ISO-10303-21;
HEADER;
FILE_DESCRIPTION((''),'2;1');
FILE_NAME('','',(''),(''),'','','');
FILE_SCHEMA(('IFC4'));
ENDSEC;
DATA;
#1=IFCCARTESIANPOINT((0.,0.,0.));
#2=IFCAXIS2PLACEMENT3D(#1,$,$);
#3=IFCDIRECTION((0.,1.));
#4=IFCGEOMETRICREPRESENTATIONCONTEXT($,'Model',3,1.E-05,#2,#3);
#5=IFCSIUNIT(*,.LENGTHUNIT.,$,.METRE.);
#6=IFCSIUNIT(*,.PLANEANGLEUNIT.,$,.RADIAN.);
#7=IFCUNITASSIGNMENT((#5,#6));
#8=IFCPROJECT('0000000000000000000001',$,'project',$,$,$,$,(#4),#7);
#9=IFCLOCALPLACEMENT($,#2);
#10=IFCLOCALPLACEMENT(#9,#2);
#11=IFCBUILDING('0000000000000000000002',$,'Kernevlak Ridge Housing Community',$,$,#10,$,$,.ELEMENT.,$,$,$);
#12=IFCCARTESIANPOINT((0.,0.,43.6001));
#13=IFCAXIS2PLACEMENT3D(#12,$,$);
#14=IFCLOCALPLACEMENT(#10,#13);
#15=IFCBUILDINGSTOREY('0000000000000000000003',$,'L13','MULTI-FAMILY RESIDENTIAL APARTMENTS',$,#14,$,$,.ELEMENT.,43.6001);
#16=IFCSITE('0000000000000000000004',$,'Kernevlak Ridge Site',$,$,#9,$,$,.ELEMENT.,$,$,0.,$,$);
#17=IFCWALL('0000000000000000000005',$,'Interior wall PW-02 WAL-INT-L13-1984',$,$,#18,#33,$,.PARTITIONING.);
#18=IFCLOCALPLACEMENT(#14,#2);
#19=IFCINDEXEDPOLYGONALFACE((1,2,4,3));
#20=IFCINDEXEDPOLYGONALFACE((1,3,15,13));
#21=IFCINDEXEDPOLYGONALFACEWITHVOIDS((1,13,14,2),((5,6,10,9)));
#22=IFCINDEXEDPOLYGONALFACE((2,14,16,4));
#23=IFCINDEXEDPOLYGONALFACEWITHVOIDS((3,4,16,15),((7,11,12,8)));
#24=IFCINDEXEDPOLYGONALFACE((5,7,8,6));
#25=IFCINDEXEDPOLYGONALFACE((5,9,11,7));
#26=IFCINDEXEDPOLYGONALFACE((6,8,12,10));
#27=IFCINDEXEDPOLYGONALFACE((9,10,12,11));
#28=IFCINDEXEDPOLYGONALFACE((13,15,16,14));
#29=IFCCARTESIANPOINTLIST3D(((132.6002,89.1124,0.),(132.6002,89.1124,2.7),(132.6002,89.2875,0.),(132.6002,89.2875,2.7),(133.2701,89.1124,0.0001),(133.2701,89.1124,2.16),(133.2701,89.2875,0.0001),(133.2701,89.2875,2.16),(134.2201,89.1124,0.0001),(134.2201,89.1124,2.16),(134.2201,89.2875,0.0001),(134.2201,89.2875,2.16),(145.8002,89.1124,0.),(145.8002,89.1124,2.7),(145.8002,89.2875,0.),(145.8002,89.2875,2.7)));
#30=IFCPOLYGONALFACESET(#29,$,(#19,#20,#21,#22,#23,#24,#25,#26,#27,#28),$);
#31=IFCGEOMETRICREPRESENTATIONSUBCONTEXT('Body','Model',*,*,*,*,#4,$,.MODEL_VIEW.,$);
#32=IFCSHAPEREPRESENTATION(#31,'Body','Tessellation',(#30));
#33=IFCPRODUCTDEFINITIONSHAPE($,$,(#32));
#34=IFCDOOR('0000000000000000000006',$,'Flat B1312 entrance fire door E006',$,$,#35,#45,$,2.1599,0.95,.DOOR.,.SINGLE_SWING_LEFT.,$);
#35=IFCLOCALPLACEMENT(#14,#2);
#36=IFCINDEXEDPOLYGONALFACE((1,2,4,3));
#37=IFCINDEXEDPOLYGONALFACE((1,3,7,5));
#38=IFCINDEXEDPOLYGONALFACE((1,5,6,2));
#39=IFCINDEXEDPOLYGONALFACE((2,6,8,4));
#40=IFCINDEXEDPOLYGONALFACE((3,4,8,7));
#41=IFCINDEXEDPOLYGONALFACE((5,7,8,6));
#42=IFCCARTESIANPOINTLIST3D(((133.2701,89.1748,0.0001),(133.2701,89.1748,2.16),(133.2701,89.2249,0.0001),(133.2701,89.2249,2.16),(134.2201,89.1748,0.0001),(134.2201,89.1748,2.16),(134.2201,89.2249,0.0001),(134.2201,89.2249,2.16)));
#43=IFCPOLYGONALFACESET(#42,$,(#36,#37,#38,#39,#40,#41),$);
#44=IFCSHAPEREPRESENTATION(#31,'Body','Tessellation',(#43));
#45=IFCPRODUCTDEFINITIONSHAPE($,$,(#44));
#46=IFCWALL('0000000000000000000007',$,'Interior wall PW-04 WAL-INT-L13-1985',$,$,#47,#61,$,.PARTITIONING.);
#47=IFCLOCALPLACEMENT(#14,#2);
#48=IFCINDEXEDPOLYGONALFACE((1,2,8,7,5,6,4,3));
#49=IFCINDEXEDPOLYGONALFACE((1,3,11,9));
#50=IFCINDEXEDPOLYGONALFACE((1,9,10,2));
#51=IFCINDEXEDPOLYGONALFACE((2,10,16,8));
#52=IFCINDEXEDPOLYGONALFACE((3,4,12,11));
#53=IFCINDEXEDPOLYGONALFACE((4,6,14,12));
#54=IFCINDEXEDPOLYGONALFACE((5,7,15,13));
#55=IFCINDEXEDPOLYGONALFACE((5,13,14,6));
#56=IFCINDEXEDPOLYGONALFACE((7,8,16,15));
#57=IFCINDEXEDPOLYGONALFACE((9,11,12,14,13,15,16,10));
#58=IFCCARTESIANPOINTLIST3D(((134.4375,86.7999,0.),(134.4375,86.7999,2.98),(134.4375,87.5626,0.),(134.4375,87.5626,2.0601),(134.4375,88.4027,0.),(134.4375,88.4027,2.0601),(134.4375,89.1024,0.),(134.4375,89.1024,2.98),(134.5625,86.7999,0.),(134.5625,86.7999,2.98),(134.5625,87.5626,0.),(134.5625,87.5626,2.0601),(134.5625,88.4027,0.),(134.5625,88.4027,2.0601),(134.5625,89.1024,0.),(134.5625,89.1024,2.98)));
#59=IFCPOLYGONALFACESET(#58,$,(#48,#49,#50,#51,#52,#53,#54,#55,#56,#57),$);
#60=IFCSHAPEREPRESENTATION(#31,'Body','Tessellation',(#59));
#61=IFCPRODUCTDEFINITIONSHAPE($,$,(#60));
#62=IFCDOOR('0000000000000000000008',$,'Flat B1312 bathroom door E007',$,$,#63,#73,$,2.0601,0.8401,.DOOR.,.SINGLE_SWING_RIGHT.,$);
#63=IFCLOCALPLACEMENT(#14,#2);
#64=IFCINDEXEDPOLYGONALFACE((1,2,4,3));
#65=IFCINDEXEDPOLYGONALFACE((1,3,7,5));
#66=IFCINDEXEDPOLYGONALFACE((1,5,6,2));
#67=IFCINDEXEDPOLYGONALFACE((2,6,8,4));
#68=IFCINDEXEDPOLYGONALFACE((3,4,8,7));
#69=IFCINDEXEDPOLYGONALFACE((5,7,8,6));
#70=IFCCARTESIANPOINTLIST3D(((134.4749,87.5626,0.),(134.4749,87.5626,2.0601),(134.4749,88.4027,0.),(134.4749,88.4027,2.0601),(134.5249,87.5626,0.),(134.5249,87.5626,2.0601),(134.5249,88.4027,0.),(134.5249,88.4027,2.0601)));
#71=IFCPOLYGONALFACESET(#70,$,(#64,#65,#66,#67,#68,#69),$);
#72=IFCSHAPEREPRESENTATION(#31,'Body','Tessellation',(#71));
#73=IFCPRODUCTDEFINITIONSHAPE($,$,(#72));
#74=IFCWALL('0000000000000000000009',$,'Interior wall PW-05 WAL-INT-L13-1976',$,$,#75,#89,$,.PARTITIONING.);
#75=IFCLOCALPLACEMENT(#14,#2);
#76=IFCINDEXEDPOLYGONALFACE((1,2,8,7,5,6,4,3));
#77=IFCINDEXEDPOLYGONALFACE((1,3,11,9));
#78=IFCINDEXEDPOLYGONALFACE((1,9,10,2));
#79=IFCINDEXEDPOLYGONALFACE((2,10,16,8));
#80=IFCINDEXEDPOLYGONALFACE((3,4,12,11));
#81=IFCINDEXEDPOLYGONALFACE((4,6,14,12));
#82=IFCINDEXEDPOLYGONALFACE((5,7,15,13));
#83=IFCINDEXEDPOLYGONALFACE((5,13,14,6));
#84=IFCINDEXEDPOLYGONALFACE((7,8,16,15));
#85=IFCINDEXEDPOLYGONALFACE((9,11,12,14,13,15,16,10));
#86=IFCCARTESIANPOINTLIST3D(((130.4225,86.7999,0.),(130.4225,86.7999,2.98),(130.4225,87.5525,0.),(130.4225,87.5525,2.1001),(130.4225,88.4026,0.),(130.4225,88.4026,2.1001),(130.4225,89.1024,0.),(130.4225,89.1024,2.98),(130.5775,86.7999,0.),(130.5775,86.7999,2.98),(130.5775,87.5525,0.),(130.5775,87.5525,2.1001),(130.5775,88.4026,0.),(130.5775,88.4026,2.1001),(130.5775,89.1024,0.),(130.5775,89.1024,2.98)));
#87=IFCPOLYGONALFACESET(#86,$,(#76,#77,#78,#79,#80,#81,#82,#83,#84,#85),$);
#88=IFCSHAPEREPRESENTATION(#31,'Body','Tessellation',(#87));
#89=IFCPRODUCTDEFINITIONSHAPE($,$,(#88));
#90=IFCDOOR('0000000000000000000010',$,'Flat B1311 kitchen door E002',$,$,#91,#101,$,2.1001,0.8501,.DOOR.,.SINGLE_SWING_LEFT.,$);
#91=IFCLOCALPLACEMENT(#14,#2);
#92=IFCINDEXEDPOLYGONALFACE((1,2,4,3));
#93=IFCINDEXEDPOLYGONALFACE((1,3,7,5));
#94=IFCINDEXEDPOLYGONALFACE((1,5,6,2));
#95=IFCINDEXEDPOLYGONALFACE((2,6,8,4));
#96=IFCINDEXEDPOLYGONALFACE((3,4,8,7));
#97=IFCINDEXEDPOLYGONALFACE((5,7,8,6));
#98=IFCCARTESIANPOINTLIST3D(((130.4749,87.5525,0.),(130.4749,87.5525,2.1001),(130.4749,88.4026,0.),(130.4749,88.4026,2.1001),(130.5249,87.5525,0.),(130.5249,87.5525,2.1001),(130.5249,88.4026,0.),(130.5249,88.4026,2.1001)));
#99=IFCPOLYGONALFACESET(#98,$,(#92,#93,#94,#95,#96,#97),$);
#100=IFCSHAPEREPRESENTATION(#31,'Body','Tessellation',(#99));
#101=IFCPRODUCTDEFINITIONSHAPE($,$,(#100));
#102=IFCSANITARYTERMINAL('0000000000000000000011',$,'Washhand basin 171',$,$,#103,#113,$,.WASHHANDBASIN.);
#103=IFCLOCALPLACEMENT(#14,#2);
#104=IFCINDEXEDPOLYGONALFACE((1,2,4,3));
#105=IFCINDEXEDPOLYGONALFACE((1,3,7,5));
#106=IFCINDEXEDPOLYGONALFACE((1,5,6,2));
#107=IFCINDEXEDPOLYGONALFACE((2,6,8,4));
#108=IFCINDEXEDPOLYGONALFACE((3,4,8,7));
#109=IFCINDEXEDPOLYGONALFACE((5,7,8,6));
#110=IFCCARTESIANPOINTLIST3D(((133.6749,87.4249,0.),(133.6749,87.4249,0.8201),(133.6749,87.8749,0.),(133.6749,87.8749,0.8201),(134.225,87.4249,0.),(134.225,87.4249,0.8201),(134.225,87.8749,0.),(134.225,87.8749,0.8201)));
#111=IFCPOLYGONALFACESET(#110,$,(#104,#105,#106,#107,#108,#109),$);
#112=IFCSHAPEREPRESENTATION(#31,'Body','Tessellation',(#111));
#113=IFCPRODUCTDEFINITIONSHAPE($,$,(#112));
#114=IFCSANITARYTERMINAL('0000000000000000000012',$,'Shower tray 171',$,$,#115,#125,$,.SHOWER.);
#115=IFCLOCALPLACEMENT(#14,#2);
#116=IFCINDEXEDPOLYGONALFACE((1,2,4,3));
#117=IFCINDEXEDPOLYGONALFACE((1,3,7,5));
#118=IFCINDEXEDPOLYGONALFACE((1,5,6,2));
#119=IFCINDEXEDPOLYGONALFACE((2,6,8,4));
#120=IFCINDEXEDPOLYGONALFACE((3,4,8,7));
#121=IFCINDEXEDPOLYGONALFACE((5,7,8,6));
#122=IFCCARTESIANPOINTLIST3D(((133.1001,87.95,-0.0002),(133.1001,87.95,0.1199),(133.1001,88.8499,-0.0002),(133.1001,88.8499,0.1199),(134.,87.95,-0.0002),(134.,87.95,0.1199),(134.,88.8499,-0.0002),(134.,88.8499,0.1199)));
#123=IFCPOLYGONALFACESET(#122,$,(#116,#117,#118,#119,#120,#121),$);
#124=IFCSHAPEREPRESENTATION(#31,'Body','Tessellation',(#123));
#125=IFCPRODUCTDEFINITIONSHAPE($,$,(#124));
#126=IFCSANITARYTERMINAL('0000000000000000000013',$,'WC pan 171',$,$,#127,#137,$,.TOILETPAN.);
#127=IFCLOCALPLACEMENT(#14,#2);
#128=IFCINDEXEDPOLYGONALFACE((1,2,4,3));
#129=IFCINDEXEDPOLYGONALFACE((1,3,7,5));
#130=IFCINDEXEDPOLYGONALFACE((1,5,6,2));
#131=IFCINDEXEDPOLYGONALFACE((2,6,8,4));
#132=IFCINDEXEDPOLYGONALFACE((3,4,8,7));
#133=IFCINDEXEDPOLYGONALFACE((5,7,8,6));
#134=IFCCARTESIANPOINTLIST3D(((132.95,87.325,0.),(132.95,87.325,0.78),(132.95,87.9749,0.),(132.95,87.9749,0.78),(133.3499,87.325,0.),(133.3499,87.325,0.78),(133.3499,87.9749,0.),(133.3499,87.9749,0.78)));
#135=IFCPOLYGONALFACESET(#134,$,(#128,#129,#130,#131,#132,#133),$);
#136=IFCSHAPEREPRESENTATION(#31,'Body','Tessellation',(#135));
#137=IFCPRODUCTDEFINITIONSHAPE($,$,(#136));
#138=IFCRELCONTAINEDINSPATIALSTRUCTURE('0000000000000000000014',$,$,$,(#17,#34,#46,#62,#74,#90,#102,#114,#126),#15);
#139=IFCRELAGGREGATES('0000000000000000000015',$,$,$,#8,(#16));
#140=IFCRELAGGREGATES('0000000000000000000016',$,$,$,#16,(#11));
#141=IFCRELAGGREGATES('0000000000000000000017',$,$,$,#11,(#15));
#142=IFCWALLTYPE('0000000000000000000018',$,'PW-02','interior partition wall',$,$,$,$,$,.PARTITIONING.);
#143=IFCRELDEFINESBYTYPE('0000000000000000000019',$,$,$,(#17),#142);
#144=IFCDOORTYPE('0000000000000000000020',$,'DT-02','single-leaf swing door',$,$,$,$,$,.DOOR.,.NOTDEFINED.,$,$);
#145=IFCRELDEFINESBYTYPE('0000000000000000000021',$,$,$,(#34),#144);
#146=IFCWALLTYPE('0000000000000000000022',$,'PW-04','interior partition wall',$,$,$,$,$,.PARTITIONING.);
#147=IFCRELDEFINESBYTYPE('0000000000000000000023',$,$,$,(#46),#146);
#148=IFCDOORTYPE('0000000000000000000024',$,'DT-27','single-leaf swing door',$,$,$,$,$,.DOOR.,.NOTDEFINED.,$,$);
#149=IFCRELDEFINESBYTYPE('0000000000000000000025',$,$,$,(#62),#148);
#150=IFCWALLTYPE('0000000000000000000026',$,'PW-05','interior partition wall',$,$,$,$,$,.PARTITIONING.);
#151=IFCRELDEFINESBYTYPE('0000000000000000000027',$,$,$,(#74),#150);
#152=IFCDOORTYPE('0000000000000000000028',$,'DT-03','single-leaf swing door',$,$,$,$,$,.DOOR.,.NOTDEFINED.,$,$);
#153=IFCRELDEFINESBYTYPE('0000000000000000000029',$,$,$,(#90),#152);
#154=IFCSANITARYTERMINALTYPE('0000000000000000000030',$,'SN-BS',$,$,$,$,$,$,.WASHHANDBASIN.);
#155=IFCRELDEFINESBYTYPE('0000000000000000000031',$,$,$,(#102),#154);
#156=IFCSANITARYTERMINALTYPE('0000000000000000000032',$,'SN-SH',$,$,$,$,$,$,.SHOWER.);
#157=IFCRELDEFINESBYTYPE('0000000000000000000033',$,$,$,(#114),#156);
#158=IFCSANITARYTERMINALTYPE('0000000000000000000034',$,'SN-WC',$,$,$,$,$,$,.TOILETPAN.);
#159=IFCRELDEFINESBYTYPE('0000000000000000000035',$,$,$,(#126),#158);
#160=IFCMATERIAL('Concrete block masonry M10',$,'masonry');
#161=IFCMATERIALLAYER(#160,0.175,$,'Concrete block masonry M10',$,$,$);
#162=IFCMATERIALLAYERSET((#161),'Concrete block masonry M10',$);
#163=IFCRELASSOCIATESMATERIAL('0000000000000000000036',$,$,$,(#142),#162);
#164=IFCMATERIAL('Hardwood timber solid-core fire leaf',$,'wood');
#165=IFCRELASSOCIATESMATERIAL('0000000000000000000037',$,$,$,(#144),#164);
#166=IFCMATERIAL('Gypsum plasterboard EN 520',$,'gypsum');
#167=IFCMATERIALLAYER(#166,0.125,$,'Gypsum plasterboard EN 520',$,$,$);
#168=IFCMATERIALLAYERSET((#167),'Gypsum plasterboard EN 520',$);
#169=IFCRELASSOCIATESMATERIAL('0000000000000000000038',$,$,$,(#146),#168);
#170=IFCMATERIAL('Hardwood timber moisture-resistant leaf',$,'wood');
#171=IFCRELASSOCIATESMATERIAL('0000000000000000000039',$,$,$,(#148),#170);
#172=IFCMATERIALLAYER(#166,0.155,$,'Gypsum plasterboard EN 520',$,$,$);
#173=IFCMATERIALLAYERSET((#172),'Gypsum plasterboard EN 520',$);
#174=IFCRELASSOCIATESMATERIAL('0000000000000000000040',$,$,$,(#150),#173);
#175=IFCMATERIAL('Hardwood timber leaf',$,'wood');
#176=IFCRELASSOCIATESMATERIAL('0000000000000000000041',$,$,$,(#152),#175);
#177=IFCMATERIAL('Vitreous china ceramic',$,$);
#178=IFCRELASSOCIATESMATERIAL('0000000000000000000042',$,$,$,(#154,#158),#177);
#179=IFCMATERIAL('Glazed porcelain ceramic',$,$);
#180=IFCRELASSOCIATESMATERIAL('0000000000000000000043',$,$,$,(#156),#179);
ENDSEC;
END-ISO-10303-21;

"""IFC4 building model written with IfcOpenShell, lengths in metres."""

from ifc_helpers import new_model, si_unit, direction, frame, frame_2d, origin, origin_2d, place, context, subcontext, project, spatial, rectangle, extrude, material, layer, layer_set, type_object, element, fill, save


model = new_model("IFC4")

# Units and contexts
model_context = context("Model", 3, precision=1e-05, world=origin(), true_north=direction((0.0, 1.0)))
body_context = subcontext(model_context, "Body", "Model", "MODEL_VIEW")
ifc_project = project(units=[si_unit("LENGTHUNIT", "METRE"), si_unit("PLANEANGLEUNIT", "RADIAN")], contexts=[model_context])

# Site, building, storey
site_placement = place(None, origin())
site = spatial("IfcSite", under=ifc_project, at=site_placement, Name="Kernevlak Ridge Site", CompositionType="ELEMENT", RefElevation=0.0)
building_placement = place(site_placement, origin())
building = spatial("IfcBuilding", under=site, at=building_placement, Name="Kernevlak Ridge Housing Community", CompositionType="ELEMENT")
storey_placement = place(building_placement, frame((0.0, 0.0, 43.6001)))
storey = spatial("IfcBuildingStorey", under=building, at=storey_placement, Name="L13", Description="MULTI-FAMILY RESIDENTIAL APARTMENTS", CompositionType="ELEMENT", Elevation=43.6001)

# Shared definitions
ifc_material_1 = material(Name="Concrete block masonry M10", Category="masonry")
ifc_layer_1 = layer(ifc_material_1, 0.175, Name="Concrete block masonry M10")
ifc_layer_set_1 = layer_set([ifc_layer_1], Name="Concrete block masonry M10")
wall_type_1 = type_object("IfcWallType", Name="PW-02", Description="interior partition wall", PredefinedType="PARTITIONING", material=ifc_layer_set_1)

# Walls, openings, doors
wall_1_placement = place(storey_placement, frame((132.6001, 89.2, 0.0), z_axis=(0.0, 0.0, 1.0), x_axis=(1.0, 0.0, 0.0)))
wall_1 = element("IfcWall", 1, at=wall_1_placement, inside=storey, type_object=wall_type_1, Name="Interior wall PW-02 WAL-INT-L13-1984", PredefinedType="PARTITIONING", context=body_context, shape_type="SweptSolid", body=[
    extrude(rectangle(XDim=13.2, YDim=0.175, at=frame_2d((6.6001, 0.0))), origin(), (0.0, 0.0, 1.0), 2.7),
])
opening_1_placement = place(wall_1_placement, frame((0.6699, 0.0, 0.0)))
opening_1 = element("IfcOpeningElement", 2, at=opening_1_placement, cuts=wall_1, PredefinedType="OPENING", context=body_context, shape_type="SweptSolid", body=[
    extrude(rectangle(XDim=0.95, YDim=2.1599, at=frame_2d((0.4751, 1.0801))), frame((0.0, 0.0974, 0.0), z_axis=(0.0, -1.0, 0.0), x_axis=(1.0, 0.0, 0.0)), (0.0, 0.0, 1.0), 0.1951),
])
ifc_material_2 = material(Name="Hardwood timber solid-core fire leaf", Category="wood")
door_type_1 = type_object("IfcDoorType", Name="DT-02", Description="single-leaf swing door", OperationType="NOTDEFINED", PredefinedType="DOOR", material=ifc_material_2)
door_1_placement = place(opening_1_placement, origin())
door_1 = element("IfcDoor", 3, at=door_1_placement, inside=storey, type_object=door_type_1, Name="Flat B1312 entrance fire door E006", OperationType="SINGLE_SWING_LEFT", OverallHeight=2.1599, OverallWidth=0.95, PredefinedType="DOOR", context=body_context, shape_type="SweptSolid", body=[
    extrude(rectangle(XDim=0.95, YDim=2.1599, at=frame_2d((0.4751, 1.0801))), frame((0.0, 0.0249, 0.0), z_axis=(0.0, -1.0, 0.0), x_axis=(1.0, 0.0, 0.0)), (0.0, 0.0, 1.0), 0.05),
])
fill(opening_1, door_1)
ifc_material_3 = material(Name="Gypsum plasterboard EN 520", Category="gypsum")
ifc_layer_2 = layer(ifc_material_3, 0.125, Name="Gypsum plasterboard EN 520")
ifc_layer_set_2 = layer_set([ifc_layer_2], Name="Gypsum plasterboard EN 520")
wall_type_2 = type_object("IfcWallType", Name="PW-04", Description="interior partition wall", PredefinedType="PARTITIONING", material=ifc_layer_set_2)
wall_2_placement = place(storey_placement, frame((134.5, 89.1025, 0.0), z_axis=(0.0, 0.0, 1.0), x_axis=(0.0, -1.0, 0.0)))
wall_2 = element("IfcWall", 4, at=wall_2_placement, inside=storey, type_object=wall_type_2, Name="Interior wall PW-04 WAL-INT-L13-1985", PredefinedType="PARTITIONING", context=body_context, shape_type="SweptSolid", body=[
    extrude(rectangle(XDim=2.3025, YDim=0.125, at=frame_2d((1.1514, 0.0))), origin(), (0.0, 0.0, 1.0), 2.98),
])
opening_2_placement = place(wall_2_placement, frame((0.7, 0.0, 0.0)))
opening_2 = element("IfcOpeningElement", 5, at=opening_2_placement, cuts=wall_2, PredefinedType="OPENING", context=body_context, shape_type="SweptSolid", body=[
    extrude(rectangle(XDim=0.8401, YDim=2.0601, at=frame_2d((0.4199, 1.03))), frame((0.0, 0.0725, 0.0), z_axis=(0.0, -1.0, 0.0), x_axis=(1.0, 0.0, 0.0)), (0.0, 0.0, 1.0), 0.145),
])
ifc_material_4 = material(Name="Hardwood timber moisture-resistant leaf", Category="wood")
door_type_2 = type_object("IfcDoorType", Name="DT-27", Description="single-leaf swing door", OperationType="NOTDEFINED", PredefinedType="DOOR", material=ifc_material_4)
door_2_placement = place(opening_2_placement, origin())
door_2 = element("IfcDoor", 6, at=door_2_placement, inside=storey, type_object=door_type_2, Name="Flat B1312 bathroom door E007", OperationType="SINGLE_SWING_RIGHT", OverallHeight=2.0601, OverallWidth=0.8401, PredefinedType="DOOR", context=body_context, shape_type="SweptSolid", body=[
    extrude(rectangle(XDim=0.8401, YDim=2.0601, at=frame_2d((0.4199, 1.03))), frame((0.0, 0.0249, 0.0), z_axis=(0.0, -1.0, 0.0), x_axis=(1.0, 0.0, 0.0)), (0.0, 0.0, 1.0), 0.05),
])
fill(opening_2, door_2)
ifc_layer_3 = layer(ifc_material_3, 0.155, Name="Gypsum plasterboard EN 520")
ifc_layer_set_3 = layer_set([ifc_layer_3], Name="Gypsum plasterboard EN 520")
wall_type_3 = type_object("IfcWallType", Name="PW-05", Description="interior partition wall", PredefinedType="PARTITIONING", material=ifc_layer_set_3)
wall_3_placement = place(storey_placement, frame((130.5, 89.1025, 0.0), z_axis=(0.0, 0.0, 1.0), x_axis=(0.0, -1.0, 0.0)))
wall_3 = element("IfcWall", 7, at=wall_3_placement, inside=storey, type_object=wall_type_3, Name="Interior wall PW-05 WAL-INT-L13-1976", PredefinedType="PARTITIONING", context=body_context, shape_type="SweptSolid", body=[
    extrude(rectangle(XDim=2.3025, YDim=0.155, at=frame_2d((1.1514, 0.0))), origin(), (0.0, 0.0, 1.0), 2.98),
])
opening_3_placement = place(wall_3_placement, frame((0.7, 0.0, 0.0)))
opening_3 = element("IfcOpeningElement", 8, at=opening_3_placement, cuts=wall_3, PredefinedType="OPENING", context=body_context, shape_type="SweptSolid", body=[
    extrude(rectangle(XDim=0.8501, YDim=2.1001, at=frame_2d((0.425, 1.05))), frame((0.0, 0.0874, 0.0), z_axis=(0.0, -1.0, 0.0), x_axis=(1.0, 0.0, 0.0)), (0.0, 0.0, 1.0), 0.175),
])
ifc_material_5 = material(Name="Hardwood timber leaf", Category="wood")
door_type_3 = type_object("IfcDoorType", Name="DT-03", Description="single-leaf swing door", OperationType="NOTDEFINED", PredefinedType="DOOR", material=ifc_material_5)
door_3_placement = place(opening_3_placement, origin())
door_3 = element("IfcDoor", 9, at=door_3_placement, inside=storey, type_object=door_type_3, Name="Flat B1311 kitchen door E002", OperationType="SINGLE_SWING_LEFT", OverallHeight=2.1001, OverallWidth=0.8501, PredefinedType="DOOR", context=body_context, shape_type="SweptSolid", body=[
    extrude(rectangle(XDim=0.8501, YDim=2.1001, at=frame_2d((0.425, 1.05))), frame((0.0, 0.0249, 0.0), z_axis=(0.0, -1.0, 0.0), x_axis=(1.0, 0.0, 0.0)), (0.0, 0.0, 1.0), 0.05),
])
fill(opening_3, door_3)

# Sanitary terminals
ifc_material_6 = material(Name="Vitreous china ceramic")
sanitary_terminal_type_1 = type_object("IfcSanitaryTerminalType", Name="SN-BS", PredefinedType="WASHHANDBASIN", material=ifc_material_6)
sanitary_terminal_1_placement = place(storey_placement, frame((133.95, 87.6499, 0.0), z_axis=(0.0, 0.0, 1.0), x_axis=(1.0, 0.0, 0.0)))
element("IfcSanitaryTerminal", 10, at=sanitary_terminal_1_placement, inside=storey, type_object=sanitary_terminal_type_1, Name="Washhand basin 171", PredefinedType="WASHHANDBASIN", context=body_context, shape_type="SweptSolid", body=[
    extrude(rectangle(XDim=0.55, YDim=0.45, at=origin_2d()), origin(), (0.0, 0.0, 1.0), 0.8201),
])
ifc_material_7 = material(Name="Glazed porcelain ceramic")
sanitary_terminal_type_2 = type_object("IfcSanitaryTerminalType", Name="SN-SH", PredefinedType="SHOWER", material=ifc_material_7)
sanitary_terminal_2_placement = place(storey_placement, frame((133.55, 88.3999, -0.0002), z_axis=(0.0, 0.0, 1.0), x_axis=(1.0, 0.0, 0.0)))
element("IfcSanitaryTerminal", 11, at=sanitary_terminal_2_placement, inside=storey, type_object=sanitary_terminal_type_2, Name="Shower tray 171", PredefinedType="SHOWER", context=body_context, shape_type="SweptSolid", body=[
    extrude(rectangle(XDim=0.8999, YDim=0.8999, at=origin_2d()), origin(), (0.0, 0.0, 1.0), 0.1201),
])
sanitary_terminal_type_3 = type_object("IfcSanitaryTerminalType", Name="SN-WC", PredefinedType="TOILETPAN", material=ifc_material_6)
sanitary_terminal_3_placement = place(storey_placement, frame((133.1499, 87.6499, 0.0), z_axis=(0.0, 0.0, 1.0), x_axis=(1.0, 0.0, 0.0)))
element("IfcSanitaryTerminal", 12, at=sanitary_terminal_3_placement, inside=storey, type_object=sanitary_terminal_type_3, Name="WC pan 171", PredefinedType="TOILETPAN", context=body_context, shape_type="SweptSolid", body=[
    extrude(rectangle(XDim=0.3999, YDim=0.6499, at=origin_2d()), origin(), (0.0, 0.0, 1.0), 0.78),
])

save(model, "model.ifc")
